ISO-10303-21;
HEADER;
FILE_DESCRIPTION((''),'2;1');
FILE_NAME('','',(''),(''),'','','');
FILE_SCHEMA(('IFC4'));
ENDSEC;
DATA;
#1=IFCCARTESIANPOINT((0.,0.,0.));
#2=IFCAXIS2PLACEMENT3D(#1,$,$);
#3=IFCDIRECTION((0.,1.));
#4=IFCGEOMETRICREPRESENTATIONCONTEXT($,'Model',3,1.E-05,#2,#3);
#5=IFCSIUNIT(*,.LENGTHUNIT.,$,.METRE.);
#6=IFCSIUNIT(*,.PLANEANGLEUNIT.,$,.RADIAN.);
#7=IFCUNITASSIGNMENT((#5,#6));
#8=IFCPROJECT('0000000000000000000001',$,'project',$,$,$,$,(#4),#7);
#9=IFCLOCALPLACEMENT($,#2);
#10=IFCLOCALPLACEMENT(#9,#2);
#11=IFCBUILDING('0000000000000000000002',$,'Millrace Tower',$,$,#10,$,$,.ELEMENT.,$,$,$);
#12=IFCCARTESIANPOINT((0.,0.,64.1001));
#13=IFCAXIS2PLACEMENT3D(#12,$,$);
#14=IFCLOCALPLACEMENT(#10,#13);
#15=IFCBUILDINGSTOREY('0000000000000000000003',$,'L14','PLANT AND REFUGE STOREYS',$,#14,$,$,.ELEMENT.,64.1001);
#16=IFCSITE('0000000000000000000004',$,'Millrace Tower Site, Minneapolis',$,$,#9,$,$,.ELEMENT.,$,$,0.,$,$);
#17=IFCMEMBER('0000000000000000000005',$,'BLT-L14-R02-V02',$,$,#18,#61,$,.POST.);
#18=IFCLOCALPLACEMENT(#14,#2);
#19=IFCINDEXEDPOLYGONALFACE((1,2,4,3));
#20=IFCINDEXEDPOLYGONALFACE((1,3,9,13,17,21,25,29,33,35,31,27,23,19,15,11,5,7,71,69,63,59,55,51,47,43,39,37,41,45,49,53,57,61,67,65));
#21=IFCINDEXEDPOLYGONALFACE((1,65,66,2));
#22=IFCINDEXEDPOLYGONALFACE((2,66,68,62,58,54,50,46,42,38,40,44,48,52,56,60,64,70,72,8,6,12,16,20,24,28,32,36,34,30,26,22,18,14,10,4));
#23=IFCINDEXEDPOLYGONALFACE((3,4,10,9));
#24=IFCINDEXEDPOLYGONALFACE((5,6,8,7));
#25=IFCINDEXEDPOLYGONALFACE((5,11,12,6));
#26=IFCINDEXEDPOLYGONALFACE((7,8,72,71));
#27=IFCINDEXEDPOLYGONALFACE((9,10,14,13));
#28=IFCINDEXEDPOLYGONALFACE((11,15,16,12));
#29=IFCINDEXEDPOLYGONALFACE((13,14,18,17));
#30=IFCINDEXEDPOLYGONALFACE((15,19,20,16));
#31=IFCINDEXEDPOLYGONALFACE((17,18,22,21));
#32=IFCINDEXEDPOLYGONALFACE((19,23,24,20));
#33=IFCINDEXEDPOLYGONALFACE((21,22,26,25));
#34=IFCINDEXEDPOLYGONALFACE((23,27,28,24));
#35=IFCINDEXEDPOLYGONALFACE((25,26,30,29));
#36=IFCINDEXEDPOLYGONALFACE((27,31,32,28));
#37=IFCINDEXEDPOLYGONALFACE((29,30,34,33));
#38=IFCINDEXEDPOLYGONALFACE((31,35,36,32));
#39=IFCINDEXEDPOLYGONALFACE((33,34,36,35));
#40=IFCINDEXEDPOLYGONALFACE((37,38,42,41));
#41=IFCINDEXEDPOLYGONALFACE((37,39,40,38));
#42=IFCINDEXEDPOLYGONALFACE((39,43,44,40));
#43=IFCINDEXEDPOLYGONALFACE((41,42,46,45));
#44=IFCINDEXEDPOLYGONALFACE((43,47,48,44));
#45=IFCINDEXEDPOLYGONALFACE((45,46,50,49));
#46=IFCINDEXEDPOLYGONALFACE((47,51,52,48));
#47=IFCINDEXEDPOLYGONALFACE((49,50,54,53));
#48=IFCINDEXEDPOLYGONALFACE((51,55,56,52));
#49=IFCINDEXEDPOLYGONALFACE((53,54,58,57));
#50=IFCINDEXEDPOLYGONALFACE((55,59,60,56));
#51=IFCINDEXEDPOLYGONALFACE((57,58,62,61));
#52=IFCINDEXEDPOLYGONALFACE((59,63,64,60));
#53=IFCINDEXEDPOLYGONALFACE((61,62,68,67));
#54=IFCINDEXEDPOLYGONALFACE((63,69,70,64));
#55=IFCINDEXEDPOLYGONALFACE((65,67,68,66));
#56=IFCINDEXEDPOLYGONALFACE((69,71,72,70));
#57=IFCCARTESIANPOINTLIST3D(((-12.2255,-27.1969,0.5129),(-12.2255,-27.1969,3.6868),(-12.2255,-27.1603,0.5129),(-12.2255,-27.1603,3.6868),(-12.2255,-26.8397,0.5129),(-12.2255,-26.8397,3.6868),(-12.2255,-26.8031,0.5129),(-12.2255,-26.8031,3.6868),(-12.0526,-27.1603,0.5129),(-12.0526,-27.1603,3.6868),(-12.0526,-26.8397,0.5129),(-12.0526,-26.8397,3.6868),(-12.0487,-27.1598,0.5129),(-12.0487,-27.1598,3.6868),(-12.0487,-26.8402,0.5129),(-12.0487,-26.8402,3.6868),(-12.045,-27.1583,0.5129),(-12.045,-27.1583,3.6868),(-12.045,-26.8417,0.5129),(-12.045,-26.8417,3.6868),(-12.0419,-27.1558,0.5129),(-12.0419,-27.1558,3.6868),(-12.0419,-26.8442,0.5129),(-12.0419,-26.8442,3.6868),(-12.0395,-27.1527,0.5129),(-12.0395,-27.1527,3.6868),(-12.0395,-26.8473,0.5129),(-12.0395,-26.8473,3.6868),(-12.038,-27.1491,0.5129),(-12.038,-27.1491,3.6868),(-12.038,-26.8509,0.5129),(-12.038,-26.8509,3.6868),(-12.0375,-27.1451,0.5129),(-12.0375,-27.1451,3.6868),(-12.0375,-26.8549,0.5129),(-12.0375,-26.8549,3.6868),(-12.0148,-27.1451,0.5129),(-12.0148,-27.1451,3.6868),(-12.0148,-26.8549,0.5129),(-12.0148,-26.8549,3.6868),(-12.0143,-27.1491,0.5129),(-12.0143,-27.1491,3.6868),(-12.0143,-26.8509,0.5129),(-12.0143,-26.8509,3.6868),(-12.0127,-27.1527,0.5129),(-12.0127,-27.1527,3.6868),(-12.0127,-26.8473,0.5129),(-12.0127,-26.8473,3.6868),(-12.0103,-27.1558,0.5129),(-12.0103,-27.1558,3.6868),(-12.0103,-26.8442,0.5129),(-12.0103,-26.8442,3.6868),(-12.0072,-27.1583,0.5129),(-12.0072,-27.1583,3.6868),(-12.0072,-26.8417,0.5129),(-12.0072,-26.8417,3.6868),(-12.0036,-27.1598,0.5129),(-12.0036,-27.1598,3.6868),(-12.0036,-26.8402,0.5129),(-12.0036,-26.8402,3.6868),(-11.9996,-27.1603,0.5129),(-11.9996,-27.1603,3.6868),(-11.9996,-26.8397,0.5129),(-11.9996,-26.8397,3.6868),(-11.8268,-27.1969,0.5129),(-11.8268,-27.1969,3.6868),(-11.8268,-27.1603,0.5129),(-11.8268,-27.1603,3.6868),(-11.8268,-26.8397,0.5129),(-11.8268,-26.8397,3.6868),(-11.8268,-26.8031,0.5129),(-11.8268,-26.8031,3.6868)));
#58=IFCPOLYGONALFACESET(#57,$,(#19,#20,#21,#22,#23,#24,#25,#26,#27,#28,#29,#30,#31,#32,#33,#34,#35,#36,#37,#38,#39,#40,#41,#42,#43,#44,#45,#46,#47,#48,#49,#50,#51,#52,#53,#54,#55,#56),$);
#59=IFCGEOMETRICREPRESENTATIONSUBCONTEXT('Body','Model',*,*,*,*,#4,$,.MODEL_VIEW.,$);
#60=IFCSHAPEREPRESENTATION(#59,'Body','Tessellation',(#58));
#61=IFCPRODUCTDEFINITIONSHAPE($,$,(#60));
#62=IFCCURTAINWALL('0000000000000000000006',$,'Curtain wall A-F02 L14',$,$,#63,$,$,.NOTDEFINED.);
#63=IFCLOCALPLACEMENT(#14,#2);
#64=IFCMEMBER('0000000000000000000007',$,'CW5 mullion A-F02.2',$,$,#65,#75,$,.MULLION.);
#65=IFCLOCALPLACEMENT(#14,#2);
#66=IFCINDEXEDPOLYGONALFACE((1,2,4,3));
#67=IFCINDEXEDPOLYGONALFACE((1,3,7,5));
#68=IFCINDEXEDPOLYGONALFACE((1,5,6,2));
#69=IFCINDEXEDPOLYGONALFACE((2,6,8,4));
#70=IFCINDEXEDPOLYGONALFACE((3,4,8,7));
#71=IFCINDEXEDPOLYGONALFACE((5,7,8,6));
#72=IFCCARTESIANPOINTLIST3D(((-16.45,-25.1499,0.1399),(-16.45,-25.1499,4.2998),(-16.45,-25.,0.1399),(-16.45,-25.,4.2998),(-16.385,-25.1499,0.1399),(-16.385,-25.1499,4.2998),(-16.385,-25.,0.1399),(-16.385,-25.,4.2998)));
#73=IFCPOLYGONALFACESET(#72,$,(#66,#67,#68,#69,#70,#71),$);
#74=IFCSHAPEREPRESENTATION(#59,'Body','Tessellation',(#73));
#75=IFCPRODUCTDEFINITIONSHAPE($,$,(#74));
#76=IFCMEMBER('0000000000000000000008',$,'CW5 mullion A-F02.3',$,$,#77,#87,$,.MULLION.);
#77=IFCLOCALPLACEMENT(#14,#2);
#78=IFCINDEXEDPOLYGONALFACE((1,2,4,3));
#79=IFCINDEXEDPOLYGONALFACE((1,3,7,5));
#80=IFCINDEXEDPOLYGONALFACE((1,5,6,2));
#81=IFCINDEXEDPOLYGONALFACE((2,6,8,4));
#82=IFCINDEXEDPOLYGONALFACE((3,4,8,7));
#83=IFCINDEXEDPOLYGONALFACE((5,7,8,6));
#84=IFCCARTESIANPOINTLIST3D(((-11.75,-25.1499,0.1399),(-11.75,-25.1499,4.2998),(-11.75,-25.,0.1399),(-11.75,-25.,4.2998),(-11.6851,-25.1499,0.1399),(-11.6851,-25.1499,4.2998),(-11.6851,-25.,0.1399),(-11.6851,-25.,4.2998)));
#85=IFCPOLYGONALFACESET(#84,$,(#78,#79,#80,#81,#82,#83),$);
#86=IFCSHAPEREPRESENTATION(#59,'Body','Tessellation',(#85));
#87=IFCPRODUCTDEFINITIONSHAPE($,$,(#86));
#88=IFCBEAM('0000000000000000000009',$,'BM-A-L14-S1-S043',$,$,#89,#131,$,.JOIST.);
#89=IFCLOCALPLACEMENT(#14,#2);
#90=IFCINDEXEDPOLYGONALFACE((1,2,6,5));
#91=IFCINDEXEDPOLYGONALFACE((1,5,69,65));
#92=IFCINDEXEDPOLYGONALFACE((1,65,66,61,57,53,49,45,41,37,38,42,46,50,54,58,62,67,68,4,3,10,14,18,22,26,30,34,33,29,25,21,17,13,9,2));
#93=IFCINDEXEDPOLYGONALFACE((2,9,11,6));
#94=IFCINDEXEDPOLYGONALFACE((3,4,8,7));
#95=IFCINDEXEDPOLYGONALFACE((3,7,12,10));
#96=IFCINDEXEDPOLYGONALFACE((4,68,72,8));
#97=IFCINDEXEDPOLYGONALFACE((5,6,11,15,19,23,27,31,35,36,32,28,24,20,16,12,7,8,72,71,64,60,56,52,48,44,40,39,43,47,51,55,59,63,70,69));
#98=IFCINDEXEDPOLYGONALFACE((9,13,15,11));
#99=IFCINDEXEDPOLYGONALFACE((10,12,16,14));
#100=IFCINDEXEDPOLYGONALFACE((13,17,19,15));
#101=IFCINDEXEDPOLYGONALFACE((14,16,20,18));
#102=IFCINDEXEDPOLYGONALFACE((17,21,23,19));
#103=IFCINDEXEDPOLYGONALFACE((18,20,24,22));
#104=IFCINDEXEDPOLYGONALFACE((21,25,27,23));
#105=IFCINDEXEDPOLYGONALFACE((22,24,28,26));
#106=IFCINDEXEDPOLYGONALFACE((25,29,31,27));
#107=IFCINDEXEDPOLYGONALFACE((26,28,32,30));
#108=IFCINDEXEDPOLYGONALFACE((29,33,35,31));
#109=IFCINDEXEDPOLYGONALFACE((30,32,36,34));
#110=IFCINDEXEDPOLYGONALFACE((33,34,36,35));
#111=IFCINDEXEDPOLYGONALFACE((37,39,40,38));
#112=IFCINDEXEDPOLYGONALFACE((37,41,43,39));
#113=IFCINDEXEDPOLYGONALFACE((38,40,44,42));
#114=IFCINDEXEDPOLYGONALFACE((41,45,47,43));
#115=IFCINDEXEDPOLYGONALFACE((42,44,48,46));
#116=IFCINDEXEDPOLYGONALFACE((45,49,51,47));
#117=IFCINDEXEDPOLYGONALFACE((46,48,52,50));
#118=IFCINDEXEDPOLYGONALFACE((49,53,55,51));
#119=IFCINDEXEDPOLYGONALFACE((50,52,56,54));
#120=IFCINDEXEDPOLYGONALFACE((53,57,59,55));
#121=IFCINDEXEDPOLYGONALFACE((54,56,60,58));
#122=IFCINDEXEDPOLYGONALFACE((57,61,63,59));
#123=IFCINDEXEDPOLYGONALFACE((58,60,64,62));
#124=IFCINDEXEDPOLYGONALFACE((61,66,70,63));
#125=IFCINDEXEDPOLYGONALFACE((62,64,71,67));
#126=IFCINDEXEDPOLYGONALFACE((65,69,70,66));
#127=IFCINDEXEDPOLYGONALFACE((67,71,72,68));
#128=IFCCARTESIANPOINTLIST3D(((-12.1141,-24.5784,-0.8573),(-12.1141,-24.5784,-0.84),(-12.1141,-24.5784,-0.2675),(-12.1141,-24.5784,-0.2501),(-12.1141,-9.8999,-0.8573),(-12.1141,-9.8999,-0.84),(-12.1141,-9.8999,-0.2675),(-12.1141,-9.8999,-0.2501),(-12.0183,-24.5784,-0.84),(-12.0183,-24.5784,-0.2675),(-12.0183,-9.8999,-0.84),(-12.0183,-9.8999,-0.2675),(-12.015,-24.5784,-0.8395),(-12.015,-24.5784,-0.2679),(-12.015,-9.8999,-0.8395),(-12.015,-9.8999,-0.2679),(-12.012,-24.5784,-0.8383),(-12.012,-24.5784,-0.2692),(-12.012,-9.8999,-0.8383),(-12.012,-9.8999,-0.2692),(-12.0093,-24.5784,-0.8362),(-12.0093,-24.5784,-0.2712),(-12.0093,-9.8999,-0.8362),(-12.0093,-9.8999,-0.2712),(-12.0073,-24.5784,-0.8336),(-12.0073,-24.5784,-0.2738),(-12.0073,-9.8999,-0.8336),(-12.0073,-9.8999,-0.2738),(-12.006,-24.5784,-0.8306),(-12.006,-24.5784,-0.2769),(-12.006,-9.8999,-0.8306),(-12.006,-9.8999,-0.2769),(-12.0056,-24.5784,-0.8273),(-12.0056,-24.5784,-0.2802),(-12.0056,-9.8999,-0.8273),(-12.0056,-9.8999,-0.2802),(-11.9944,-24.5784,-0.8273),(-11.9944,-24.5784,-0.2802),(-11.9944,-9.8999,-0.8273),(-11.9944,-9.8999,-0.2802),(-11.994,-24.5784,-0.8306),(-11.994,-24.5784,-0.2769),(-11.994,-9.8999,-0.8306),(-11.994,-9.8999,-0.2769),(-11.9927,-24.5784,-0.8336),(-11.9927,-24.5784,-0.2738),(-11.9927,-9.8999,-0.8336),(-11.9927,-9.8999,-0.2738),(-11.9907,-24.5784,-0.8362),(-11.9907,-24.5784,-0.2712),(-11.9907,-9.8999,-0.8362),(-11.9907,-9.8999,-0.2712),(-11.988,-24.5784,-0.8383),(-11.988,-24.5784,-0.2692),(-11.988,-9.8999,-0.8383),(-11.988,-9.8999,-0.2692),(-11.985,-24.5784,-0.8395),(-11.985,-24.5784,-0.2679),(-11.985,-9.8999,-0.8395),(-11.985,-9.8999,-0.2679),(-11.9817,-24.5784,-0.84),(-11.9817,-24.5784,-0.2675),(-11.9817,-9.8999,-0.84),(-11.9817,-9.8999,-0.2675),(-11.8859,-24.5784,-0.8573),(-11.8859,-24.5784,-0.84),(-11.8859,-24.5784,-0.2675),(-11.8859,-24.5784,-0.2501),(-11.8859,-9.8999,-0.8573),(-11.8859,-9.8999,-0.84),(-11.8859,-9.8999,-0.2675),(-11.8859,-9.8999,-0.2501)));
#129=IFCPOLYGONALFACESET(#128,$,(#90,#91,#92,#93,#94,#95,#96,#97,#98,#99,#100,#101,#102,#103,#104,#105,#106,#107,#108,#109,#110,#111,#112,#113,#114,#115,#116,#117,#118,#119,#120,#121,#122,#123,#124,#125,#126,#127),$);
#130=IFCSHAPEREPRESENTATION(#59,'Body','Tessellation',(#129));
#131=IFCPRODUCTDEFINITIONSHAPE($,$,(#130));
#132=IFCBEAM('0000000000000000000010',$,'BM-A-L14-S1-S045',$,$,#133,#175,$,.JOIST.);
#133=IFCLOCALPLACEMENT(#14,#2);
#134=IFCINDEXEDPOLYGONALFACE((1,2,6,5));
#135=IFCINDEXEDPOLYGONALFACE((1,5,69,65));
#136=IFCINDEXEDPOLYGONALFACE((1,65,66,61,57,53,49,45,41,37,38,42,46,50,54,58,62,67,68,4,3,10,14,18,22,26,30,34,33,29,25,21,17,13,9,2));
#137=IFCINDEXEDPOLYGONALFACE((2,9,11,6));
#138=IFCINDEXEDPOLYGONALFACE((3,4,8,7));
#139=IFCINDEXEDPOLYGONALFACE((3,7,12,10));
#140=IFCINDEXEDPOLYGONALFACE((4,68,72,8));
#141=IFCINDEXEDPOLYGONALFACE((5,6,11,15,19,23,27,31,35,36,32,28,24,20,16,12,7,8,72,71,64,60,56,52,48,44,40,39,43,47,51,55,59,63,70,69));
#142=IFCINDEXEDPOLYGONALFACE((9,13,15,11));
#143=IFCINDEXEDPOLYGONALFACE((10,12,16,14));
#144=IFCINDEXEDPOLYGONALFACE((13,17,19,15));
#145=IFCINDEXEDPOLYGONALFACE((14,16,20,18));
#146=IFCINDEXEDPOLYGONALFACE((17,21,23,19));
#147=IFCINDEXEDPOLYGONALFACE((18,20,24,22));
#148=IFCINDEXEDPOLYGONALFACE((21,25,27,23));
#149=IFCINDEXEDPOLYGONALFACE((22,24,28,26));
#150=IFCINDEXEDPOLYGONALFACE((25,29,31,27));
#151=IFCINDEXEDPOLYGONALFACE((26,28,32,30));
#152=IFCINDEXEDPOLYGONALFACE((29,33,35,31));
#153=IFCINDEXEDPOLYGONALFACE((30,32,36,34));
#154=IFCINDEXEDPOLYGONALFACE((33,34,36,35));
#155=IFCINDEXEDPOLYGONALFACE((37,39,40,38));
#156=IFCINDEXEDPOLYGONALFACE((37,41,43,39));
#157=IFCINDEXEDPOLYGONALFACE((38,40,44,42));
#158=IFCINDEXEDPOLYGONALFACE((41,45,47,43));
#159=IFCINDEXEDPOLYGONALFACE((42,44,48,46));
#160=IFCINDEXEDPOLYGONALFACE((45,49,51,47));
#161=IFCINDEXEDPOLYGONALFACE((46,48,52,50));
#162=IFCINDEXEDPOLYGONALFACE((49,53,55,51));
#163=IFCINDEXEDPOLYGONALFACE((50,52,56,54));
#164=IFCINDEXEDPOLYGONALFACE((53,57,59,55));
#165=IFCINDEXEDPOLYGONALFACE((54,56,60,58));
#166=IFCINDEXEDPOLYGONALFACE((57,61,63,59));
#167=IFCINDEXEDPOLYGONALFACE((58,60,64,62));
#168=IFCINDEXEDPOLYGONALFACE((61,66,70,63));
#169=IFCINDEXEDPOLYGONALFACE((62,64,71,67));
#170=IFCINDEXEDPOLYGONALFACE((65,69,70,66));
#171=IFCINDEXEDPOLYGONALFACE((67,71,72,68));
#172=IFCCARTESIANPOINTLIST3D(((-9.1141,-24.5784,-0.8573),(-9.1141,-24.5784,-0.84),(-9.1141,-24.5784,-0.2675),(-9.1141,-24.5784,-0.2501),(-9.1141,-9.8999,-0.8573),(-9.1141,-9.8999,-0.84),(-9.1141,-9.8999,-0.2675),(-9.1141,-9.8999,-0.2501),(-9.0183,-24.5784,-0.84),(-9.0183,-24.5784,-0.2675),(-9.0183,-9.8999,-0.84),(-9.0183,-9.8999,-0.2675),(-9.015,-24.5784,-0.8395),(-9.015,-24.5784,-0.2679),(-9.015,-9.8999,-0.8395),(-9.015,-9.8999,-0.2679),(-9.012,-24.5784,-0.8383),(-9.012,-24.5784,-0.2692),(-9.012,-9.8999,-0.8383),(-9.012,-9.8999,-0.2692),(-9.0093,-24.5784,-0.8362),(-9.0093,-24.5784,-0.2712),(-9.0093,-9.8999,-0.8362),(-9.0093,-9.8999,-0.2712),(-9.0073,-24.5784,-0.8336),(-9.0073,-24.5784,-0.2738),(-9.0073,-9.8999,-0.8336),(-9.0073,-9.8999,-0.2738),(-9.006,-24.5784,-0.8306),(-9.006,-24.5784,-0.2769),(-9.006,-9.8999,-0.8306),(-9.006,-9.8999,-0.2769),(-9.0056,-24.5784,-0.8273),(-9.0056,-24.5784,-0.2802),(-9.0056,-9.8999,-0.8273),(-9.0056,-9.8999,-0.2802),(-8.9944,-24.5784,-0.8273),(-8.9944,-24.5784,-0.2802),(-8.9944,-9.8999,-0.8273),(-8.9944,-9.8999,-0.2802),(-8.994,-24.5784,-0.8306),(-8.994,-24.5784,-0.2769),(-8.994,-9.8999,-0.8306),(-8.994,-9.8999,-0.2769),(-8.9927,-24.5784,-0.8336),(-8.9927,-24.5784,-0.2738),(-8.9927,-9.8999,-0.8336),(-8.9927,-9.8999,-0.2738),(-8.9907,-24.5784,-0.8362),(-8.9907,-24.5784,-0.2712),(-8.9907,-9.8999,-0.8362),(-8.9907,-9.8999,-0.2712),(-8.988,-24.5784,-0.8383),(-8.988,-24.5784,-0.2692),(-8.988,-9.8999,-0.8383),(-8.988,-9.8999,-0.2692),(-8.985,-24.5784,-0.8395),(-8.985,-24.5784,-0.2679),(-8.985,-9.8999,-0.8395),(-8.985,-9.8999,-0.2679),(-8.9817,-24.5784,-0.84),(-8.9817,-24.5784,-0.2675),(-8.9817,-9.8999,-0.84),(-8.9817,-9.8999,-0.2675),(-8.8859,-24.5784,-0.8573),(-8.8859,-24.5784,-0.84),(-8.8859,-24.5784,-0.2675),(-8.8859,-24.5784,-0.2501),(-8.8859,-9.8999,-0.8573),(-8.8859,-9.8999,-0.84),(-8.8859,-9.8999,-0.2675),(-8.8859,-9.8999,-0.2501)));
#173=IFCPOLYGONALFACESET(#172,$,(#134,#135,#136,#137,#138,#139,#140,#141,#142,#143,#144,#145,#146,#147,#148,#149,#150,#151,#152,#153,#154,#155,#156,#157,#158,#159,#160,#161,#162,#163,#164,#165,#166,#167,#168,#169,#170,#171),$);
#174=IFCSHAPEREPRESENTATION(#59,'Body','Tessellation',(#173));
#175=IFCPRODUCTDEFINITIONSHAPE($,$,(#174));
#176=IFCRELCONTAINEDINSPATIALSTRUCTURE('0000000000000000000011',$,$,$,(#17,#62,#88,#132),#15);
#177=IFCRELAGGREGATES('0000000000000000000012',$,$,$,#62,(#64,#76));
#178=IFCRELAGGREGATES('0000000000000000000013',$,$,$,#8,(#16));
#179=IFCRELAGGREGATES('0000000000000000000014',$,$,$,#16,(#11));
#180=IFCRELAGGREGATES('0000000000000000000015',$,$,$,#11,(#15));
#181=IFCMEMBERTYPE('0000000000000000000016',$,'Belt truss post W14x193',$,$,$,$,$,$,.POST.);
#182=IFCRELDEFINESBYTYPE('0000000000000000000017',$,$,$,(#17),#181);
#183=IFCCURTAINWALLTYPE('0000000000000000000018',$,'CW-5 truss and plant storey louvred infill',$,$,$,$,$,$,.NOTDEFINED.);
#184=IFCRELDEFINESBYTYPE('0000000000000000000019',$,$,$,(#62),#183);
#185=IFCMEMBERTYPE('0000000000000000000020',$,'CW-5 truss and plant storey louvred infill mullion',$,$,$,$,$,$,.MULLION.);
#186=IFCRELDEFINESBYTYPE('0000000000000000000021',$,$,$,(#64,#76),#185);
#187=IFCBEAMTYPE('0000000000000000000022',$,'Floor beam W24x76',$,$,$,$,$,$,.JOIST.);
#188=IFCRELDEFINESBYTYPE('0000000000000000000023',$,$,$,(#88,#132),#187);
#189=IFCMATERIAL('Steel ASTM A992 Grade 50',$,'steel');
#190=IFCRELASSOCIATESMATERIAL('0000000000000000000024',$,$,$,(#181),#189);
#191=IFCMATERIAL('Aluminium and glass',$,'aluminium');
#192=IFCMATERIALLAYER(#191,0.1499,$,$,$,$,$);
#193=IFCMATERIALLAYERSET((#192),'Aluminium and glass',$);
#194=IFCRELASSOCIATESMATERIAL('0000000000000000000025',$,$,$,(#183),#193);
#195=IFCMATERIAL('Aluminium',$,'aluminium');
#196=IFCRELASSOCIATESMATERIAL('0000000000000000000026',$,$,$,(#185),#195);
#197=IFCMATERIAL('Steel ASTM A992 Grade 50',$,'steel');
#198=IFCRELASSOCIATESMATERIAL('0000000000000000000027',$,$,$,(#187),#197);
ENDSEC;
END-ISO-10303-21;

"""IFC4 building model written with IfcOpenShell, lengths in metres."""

from ifc_helpers import new_model, si_unit, direction, frame, origin, origin_2d, place, context, subcontext, project, spatial, rectangle, i_section, extrude, material, layer, layer_set, material_profile, profile_set, type_object, element, aggregate, save


model = new_model("IFC4")

# Units and contexts
model_context = context("Model", 3, precision=1e-05, world=origin(), true_north=direction((0.0, 1.0)))
body_context = subcontext(model_context, "Body", "Model", "MODEL_VIEW")
ifc_project = project(units=[si_unit("LENGTHUNIT", "METRE"), si_unit("PLANEANGLEUNIT", "RADIAN")], contexts=[model_context])

# Site, building, storey
site_placement = place(None, origin())
site = spatial("IfcSite", under=ifc_project, at=site_placement, Name="Millrace Tower Site, Minneapolis", CompositionType="ELEMENT", RefElevation=0.0)
building_placement = place(site_placement, origin())
building = spatial("IfcBuilding", under=site, at=building_placement, Name="Millrace Tower", CompositionType="ELEMENT")
storey_placement = place(building_placement, frame((0.0, 0.0, 64.1001)))
storey = spatial("IfcBuildingStorey", under=building, at=storey_placement, Name="L14", Description="PLANT AND REFUGE STOREYS", CompositionType="ELEMENT", Elevation=64.1001)

# Member
ifc_material_1 = material(Name="Steel ASTM A992 Grade 50", Category="steel")
ifc_material_profile_1 = material_profile(ifc_material_1, i_section(OverallWidth=0.3987, OverallDepth=0.3938, WebThickness=0.0227, FlangeThickness=0.0366, FilletRadius=0.0151, at=origin_2d()))
ifc_profile_set_1 = profile_set([ifc_material_profile_1], Name="Steel ASTM A992 Grade 50")
member_type_1 = type_object("IfcMemberType", Name="Belt truss post W14x193", PredefinedType="POST", material=ifc_profile_set_1)
for number, where, z_axis, x_axis, name in (
    (1, (-12.0261, -27.0, 0.5129), (0.0, 0.0, 1.0), (1.0, 0.0, 0.0), "BLT-L14-R02-V02"),
):
    element("IfcMember", number, at=place(storey_placement, frame(where, z_axis=z_axis, x_axis=x_axis)), inside=storey, type_object=member_type_1, Name=name, PredefinedType="POST", context=body_context, shape_type="SweptSolid", body=[
        extrude(i_section(OverallWidth=0.3987, OverallDepth=0.3938, WebThickness=0.0227, FlangeThickness=0.0366, FilletRadius=0.0151, at=origin_2d()), origin(), (0.0, 0.0, 1.0), 3.1738),
    ])

# Curtain wall, members
ifc_material_2 = material(Name="Aluminium and glass", Category="aluminium")
ifc_layer_1 = layer(ifc_material_2, 0.1499)
ifc_layer_set_1 = layer_set([ifc_layer_1], Name="Aluminium and glass")
curtain_wall_type = type_object("IfcCurtainWallType", Name="CW-5 truss and plant storey louvred infill", PredefinedType="NOTDEFINED", material=ifc_layer_set_1)
curtain_wall_placement = place(storey_placement, origin())
curtain_wall = element("IfcCurtainWall", 2, at=curtain_wall_placement, inside=storey, type_object=curtain_wall_type, Name="Curtain wall A-F02 L14", PredefinedType="NOTDEFINED")
ifc_material_3 = material(Name="Aluminium", Category="aluminium")
ifc_material_profile_2 = material_profile(ifc_material_3, rectangle(XDim=0.0649, YDim=0.1499, at=origin_2d()))
ifc_profile_set_2 = profile_set([ifc_material_profile_2], Name="Aluminium")
member_type_2 = type_object("IfcMemberType", Name="CW-5 truss and plant storey louvred infill mullion", PredefinedType="MULLION", material=ifc_profile_set_2)
member_1_placement = place(storey_placement, frame((-16.4175, -25.075, 0.1399), z_axis=(0.0, 0.0, 1.0), x_axis=(1.0, 0.0, 0.0)))
member_1 = element("IfcMember", 3, at=member_1_placement, type_object=member_type_2, Name="CW5 mullion A-F02.2", PredefinedType="MULLION", context=body_context, shape_type="SweptSolid", body=[
    extrude(rectangle(XDim=0.0649, YDim=0.1499, at=origin_2d()), origin(), (0.0, 0.0, 1.0), 4.1599),
])
member_2_placement = place(storey_placement, frame((-11.7175, -25.075, 0.1399), z_axis=(0.0, 0.0, 1.0), x_axis=(1.0, 0.0, 0.0)))
member_2 = element("IfcMember", 4, at=member_2_placement, type_object=member_type_2, Name="CW5 mullion A-F02.3", PredefinedType="MULLION", context=body_context, shape_type="SweptSolid", body=[
    extrude(rectangle(XDim=0.0649, YDim=0.1499, at=origin_2d()), origin(), (0.0, 0.0, 1.0), 4.1599),
])
aggregate(curtain_wall, [member_1, member_2])

# Beams
ifc_material_4 = material(Name="Steel ASTM A992 Grade 50", Category="steel")
ifc_material_profile_3 = material_profile(ifc_material_4, i_section(OverallWidth=0.2283, OverallDepth=0.6072, WebThickness=0.0112, FlangeThickness=0.0173, FilletRadius=0.0127, at=origin_2d()))
ifc_profile_set_3 = profile_set([ifc_material_profile_3], Name="Steel ASTM A992 Grade 50")
beam_type_1 = type_object("IfcBeamType", Name="Floor beam W24x76", PredefinedType="JOIST", material=ifc_profile_set_3)
for number, where, z_axis, x_axis, name in (
    (5, (-12.0, -24.5784, -0.5537), (0.0, 1.0, 0.0), (-1.0, 0.0, 0.0), "BM-A-L14-S1-S043"),
    (6, (-9.0, -24.5784, -0.5537), (0.0, 1.0, 0.0), (-1.0, 0.0, 0.0), "BM-A-L14-S1-S045"),
):
    element("IfcBeam", number, at=place(storey_placement, frame(where, z_axis=z_axis, x_axis=x_axis)), inside=storey, type_object=beam_type_1, Name=name, PredefinedType="JOIST", context=body_context, shape_type="SweptSolid", body=[
        extrude(i_section(OverallWidth=0.2283, OverallDepth=0.6072, WebThickness=0.0112, FlangeThickness=0.0173, FilletRadius=0.0127, at=origin_2d()), origin(), (0.0, 0.0, 1.0), 14.6785),
    ])

save(model, "model.ifc")
